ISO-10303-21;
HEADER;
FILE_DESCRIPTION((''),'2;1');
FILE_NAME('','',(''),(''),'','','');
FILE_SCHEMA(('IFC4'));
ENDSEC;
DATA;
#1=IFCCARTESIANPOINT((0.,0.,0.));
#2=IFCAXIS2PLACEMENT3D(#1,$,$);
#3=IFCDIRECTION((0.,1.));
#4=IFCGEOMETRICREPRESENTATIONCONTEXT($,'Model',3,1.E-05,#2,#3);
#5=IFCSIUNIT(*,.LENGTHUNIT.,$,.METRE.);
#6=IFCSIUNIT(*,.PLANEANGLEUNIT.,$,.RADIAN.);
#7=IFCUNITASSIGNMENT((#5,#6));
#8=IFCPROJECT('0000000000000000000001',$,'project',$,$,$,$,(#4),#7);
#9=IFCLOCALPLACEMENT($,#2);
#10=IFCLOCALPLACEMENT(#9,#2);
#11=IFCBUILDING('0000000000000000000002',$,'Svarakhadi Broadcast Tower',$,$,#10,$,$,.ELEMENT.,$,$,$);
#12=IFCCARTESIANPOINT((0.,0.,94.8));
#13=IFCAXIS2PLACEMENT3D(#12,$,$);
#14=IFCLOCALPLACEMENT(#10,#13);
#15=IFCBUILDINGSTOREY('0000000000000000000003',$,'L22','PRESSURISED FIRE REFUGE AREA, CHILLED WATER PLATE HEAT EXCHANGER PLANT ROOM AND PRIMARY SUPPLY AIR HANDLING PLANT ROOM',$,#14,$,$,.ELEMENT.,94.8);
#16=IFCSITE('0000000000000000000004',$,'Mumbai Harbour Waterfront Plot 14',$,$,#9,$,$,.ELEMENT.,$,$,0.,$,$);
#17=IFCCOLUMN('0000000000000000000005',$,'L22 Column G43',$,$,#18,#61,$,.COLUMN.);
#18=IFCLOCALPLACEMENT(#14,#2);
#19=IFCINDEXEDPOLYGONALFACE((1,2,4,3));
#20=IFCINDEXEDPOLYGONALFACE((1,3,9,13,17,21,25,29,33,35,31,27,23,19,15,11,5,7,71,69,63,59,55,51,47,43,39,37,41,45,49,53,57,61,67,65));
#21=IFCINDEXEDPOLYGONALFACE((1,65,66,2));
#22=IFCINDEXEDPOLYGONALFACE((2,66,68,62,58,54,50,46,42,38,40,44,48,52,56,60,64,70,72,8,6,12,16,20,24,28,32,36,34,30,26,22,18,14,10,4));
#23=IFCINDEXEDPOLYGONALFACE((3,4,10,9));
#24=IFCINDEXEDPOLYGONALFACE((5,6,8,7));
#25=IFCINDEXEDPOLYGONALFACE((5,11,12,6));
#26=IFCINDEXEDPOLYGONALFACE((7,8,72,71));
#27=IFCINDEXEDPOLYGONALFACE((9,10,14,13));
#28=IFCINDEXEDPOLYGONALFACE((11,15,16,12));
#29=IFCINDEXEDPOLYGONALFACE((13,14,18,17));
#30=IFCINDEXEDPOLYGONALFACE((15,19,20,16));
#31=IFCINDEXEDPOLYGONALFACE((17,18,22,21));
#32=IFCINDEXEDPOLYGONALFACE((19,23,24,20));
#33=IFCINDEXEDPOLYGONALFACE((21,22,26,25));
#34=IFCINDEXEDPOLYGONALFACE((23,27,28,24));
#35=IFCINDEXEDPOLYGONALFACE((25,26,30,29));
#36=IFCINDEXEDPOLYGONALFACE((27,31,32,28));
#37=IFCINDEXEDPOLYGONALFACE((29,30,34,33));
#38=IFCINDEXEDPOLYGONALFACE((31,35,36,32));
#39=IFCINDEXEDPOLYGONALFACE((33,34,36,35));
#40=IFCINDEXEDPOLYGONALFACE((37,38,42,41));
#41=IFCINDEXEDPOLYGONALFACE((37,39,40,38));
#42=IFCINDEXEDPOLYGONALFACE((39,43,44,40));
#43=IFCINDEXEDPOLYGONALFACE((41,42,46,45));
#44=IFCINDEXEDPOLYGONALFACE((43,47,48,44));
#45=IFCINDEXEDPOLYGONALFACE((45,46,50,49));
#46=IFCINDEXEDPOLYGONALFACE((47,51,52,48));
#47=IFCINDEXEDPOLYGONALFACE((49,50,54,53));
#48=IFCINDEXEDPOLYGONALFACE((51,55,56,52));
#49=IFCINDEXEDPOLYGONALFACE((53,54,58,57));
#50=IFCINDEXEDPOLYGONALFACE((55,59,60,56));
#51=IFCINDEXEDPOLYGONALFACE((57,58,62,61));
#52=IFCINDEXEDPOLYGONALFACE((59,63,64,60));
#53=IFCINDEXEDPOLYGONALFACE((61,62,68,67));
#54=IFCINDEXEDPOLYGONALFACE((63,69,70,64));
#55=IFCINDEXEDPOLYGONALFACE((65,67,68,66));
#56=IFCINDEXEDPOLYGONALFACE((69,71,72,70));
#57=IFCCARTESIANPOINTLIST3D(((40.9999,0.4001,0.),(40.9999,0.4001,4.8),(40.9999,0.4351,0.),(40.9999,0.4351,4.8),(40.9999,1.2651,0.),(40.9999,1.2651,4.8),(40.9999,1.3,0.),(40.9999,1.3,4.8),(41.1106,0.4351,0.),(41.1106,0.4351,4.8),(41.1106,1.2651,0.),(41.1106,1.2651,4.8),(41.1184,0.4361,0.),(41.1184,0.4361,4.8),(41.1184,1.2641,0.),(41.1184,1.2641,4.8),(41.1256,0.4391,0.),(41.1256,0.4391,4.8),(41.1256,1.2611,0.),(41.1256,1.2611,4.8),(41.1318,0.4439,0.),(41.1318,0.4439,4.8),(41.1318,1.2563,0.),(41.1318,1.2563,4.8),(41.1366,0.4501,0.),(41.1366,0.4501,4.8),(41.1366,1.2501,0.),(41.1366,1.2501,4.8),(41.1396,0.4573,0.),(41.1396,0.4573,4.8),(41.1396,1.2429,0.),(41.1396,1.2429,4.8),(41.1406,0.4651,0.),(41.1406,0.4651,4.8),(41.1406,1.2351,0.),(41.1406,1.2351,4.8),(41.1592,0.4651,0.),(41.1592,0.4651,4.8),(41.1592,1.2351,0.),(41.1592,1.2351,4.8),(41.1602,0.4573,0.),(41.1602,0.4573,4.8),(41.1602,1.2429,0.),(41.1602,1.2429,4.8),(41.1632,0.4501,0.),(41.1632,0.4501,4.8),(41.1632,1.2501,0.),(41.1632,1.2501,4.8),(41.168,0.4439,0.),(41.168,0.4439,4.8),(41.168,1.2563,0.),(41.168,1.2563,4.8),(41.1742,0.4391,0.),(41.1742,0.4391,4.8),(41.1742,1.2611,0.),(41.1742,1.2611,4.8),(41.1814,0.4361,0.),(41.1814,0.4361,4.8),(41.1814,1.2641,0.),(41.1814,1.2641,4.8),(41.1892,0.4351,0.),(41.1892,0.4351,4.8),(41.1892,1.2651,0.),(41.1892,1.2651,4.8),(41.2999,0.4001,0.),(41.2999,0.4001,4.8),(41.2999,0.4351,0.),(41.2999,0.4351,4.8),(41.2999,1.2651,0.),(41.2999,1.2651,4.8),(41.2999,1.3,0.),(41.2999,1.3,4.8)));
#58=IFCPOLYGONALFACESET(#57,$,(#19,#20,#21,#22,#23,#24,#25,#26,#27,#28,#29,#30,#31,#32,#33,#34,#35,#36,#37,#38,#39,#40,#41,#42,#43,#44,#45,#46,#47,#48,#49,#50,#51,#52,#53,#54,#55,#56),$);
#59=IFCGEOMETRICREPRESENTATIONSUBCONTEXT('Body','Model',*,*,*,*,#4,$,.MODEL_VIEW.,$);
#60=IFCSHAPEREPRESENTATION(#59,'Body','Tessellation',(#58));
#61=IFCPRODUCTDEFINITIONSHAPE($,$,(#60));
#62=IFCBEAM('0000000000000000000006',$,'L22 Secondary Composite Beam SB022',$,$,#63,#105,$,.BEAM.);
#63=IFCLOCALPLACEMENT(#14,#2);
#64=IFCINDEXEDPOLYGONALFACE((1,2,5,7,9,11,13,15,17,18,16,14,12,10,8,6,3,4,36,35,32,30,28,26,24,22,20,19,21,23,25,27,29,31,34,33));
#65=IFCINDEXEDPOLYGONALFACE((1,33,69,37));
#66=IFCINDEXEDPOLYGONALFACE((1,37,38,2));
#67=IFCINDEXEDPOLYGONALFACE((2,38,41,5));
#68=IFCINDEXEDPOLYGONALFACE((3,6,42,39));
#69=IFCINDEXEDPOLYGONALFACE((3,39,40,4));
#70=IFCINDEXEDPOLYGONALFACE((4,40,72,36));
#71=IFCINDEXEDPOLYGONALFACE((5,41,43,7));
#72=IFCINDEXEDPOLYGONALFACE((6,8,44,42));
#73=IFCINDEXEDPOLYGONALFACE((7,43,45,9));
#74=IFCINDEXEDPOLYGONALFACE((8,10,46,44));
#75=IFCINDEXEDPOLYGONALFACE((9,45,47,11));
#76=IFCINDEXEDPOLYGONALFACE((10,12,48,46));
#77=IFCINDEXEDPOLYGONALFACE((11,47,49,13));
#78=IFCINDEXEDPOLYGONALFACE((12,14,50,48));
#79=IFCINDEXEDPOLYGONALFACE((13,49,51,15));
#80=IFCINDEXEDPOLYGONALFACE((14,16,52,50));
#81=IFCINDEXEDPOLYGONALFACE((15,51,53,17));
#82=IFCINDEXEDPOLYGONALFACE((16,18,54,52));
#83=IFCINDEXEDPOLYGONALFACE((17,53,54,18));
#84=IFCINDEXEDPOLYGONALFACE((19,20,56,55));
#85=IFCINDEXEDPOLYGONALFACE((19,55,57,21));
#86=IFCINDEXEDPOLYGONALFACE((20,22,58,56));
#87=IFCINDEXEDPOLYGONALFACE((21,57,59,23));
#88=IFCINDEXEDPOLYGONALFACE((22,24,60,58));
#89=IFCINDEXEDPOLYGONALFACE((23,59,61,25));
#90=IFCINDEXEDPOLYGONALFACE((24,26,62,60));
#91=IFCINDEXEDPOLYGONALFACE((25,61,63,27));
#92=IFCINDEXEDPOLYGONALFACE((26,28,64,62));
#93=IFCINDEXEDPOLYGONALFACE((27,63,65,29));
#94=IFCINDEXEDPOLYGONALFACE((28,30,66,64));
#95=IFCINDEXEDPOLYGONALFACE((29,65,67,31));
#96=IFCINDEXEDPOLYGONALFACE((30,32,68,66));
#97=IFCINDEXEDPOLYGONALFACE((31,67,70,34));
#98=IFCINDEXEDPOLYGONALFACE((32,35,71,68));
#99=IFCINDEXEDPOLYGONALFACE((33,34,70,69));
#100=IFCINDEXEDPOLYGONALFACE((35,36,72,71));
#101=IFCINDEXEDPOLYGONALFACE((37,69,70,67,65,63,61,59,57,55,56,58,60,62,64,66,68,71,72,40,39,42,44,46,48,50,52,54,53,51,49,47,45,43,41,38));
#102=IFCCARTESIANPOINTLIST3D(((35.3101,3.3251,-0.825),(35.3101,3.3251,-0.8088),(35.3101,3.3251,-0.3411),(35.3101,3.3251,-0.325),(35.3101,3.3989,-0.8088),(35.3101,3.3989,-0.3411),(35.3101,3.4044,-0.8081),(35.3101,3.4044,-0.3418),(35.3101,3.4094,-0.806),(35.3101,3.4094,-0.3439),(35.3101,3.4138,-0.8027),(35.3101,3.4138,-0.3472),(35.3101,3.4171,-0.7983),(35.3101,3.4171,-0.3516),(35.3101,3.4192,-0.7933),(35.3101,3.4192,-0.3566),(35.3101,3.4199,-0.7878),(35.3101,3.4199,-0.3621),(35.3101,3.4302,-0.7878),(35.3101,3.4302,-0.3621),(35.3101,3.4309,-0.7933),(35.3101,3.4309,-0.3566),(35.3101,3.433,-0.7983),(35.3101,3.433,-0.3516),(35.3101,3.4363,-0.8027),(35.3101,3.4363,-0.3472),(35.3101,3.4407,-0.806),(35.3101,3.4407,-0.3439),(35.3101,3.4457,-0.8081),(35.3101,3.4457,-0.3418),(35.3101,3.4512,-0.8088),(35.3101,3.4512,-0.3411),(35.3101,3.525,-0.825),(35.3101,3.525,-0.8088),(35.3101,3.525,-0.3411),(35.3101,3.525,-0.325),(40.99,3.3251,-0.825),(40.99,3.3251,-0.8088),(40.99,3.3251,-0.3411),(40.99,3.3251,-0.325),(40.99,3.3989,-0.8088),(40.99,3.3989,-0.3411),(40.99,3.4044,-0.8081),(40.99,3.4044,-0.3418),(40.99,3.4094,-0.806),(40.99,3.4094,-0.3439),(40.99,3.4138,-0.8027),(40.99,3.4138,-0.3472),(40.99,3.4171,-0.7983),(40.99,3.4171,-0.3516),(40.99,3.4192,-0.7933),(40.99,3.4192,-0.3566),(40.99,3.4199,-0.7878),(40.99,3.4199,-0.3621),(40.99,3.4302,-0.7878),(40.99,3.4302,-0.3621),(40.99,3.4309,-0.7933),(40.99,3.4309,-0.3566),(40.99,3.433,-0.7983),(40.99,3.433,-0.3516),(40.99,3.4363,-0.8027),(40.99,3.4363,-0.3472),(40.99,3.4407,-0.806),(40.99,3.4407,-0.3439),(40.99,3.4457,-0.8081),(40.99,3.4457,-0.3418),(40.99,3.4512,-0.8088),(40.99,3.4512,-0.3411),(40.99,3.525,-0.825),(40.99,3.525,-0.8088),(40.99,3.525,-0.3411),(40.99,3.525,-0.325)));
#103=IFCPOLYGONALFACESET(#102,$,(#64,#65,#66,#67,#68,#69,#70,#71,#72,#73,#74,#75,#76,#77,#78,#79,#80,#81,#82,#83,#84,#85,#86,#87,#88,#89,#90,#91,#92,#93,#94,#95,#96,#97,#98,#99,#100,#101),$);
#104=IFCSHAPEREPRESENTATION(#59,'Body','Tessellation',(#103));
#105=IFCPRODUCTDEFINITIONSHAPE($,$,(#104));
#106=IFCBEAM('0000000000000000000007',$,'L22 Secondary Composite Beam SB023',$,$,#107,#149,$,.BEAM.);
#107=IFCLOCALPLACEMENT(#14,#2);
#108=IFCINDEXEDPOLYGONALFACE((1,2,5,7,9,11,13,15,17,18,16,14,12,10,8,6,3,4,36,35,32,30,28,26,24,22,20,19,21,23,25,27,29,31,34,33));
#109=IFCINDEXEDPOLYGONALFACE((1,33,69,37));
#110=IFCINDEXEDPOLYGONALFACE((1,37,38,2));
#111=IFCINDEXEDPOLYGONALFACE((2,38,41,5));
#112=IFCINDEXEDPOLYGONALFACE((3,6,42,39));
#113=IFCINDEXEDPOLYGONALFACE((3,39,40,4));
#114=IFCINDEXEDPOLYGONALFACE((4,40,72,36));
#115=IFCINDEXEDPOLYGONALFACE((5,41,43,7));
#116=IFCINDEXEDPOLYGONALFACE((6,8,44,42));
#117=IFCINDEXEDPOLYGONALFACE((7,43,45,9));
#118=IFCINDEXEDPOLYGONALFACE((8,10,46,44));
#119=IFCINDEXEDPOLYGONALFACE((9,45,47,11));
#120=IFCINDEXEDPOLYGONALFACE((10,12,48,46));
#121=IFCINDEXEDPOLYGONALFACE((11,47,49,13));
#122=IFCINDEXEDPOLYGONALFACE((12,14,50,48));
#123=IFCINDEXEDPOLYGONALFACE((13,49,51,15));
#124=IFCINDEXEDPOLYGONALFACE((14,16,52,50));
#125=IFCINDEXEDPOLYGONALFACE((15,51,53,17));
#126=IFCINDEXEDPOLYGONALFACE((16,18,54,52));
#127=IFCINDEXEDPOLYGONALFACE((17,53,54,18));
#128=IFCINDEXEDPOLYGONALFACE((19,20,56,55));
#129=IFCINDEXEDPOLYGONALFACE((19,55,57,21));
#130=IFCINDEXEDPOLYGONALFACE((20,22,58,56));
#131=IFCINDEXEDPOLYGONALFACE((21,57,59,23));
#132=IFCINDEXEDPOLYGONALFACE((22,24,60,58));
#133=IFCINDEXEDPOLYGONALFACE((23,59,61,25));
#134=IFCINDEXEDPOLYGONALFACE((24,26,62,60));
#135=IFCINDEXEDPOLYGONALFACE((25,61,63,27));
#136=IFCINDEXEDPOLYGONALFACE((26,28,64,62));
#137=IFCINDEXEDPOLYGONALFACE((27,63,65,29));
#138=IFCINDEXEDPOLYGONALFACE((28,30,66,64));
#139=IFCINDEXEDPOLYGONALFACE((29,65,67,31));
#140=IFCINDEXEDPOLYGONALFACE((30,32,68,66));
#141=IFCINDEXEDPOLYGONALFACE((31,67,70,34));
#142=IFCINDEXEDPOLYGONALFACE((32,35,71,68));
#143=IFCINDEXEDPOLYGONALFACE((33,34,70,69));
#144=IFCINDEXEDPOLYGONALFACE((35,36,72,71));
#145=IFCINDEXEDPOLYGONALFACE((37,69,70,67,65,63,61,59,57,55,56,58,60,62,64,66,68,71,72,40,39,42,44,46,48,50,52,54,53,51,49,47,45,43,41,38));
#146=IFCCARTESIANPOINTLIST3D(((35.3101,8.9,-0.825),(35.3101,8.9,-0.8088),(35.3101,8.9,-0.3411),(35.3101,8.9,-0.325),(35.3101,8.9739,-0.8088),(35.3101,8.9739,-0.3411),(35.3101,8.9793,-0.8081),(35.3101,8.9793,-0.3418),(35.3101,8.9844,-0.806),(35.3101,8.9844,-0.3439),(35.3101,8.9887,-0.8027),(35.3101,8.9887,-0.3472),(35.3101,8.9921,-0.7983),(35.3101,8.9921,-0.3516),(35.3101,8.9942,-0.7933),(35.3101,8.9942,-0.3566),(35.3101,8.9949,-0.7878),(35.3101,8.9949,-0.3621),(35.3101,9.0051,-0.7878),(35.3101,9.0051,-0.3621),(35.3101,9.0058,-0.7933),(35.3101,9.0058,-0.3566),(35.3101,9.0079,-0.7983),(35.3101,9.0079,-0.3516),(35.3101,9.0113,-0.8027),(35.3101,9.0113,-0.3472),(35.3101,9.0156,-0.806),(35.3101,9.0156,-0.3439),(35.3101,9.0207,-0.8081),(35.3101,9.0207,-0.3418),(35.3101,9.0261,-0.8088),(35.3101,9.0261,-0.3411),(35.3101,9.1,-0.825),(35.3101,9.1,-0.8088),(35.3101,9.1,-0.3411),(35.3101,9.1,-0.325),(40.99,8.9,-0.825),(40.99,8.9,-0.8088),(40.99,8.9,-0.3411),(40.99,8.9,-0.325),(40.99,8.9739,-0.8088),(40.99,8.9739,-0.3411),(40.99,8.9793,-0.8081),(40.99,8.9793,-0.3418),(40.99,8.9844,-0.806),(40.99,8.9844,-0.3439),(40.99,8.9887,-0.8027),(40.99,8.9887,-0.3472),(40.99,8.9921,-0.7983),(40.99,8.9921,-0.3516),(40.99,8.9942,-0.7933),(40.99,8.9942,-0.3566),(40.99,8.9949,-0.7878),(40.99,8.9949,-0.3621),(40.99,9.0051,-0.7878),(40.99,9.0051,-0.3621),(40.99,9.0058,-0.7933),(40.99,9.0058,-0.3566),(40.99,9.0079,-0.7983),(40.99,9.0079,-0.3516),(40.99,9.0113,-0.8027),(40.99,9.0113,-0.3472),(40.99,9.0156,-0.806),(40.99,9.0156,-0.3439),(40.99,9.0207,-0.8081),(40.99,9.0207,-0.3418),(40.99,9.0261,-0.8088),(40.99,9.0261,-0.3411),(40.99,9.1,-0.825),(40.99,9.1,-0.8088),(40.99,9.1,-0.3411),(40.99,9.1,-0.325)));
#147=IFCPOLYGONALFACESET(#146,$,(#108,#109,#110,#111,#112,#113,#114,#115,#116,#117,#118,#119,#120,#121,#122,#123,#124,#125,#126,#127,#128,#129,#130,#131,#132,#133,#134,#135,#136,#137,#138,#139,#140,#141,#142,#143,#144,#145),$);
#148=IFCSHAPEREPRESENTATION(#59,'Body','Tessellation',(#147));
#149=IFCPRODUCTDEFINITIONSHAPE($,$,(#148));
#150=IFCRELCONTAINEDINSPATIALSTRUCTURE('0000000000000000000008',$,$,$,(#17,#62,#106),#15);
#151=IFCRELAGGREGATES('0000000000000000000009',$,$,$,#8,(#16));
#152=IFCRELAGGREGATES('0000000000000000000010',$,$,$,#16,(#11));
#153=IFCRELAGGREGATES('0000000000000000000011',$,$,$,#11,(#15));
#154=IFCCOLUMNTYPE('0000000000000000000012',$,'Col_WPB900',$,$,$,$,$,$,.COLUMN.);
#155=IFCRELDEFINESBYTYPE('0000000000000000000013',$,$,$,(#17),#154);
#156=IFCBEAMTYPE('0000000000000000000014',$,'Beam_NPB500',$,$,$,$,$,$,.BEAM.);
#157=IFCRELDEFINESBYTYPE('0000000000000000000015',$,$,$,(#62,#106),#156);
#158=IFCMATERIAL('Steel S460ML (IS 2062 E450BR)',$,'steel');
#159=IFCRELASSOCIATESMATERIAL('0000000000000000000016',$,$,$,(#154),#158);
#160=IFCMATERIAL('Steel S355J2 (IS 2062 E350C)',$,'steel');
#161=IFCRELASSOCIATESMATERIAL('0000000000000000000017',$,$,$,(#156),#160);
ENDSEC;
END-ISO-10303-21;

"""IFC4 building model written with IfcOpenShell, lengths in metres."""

from ifc_helpers import new_model, si_unit, direction, frame, origin, origin_2d, place, context, subcontext, project, spatial, i_section, extrude, material, material_profile, profile_set, type_object, element, save


model = new_model("IFC4")

# Units and contexts
model_context = context("Model", 3, precision=1e-05, world=origin(), true_north=direction((0.0, 1.0)))
body_context = subcontext(model_context, "Body", "Model", "MODEL_VIEW")
ifc_project = project(units=[si_unit("LENGTHUNIT", "METRE"), si_unit("PLANEANGLEUNIT", "RADIAN")], contexts=[model_context])

# Site, building, storey
site_placement = place(None, origin())
site = spatial("IfcSite", under=ifc_project, at=site_placement, Name="Mumbai Harbour Waterfront Plot 14", CompositionType="ELEMENT", RefElevation=0.0)
building_placement = place(site_placement, origin())
building = spatial("IfcBuilding", under=site, at=building_placement, Name="Svarakhadi Broadcast Tower", CompositionType="ELEMENT")
storey_placement = place(building_placement, frame((0.0, 0.0, 94.8)))
storey = spatial("IfcBuildingStorey", under=building, at=storey_placement, Name="L22", Description="PRESSURISED FIRE REFUGE AREA, CHILLED WATER PLATE HEAT EXCHANGER PLANT ROOM AND PRIMARY SUPPLY AIR HANDLING PLANT ROOM", CompositionType="ELEMENT", Elevation=94.8)

# Column
ifc_material_1 = material(Name="Steel S460ML (IS 2062 E450BR)", Category="steel")
ifc_material_profile_1 = material_profile(ifc_material_1, i_section(OverallWidth=0.3, OverallDepth=0.8999, WebThickness=0.0186, FlangeThickness=0.0349, FilletRadius=0.03, at=origin_2d()), Name="WPB 900x300x291")
ifc_profile_set_1 = profile_set([ifc_material_profile_1], Name="Steel S460ML (IS 2062 E450BR)")
column_type_1 = type_object("IfcColumnType", Name="Col_WPB900", PredefinedType="COLUMN", material=ifc_profile_set_1)
column_placement = place(storey_placement, frame((41.1499, 0.8501, 0.0), z_axis=(0.0, 0.0, 1.0), x_axis=(1.0, 0.0, 0.0)))
element("IfcColumn", 1, at=column_placement, inside=storey, type_object=column_type_1, Name="L22 Column G43", PredefinedType="COLUMN", context=body_context, shape_type="SweptSolid", body=[
    extrude(i_section(OverallWidth=0.3, OverallDepth=0.8999, WebThickness=0.0186, FlangeThickness=0.0349, FilletRadius=0.03, at=origin_2d()), origin(), (0.0, 0.0, 1.0), 4.8),
])

# Beams
ifc_material_2 = material(Name="Steel S355J2 (IS 2062 E350C)", Category="steel")
ifc_material_profile_2 = material_profile(ifc_material_2, i_section(OverallWidth=0.2, OverallDepth=0.5, WebThickness=0.0103, FlangeThickness=0.0161, FilletRadius=0.021, at=origin_2d()), Name="NPB 500x200x91")
ifc_profile_set_2 = profile_set([ifc_material_profile_2], Name="Steel S355J2 (IS 2062 E350C)")
beam_type_1 = type_object("IfcBeamType", Name="Beam_NPB500", PredefinedType="BEAM", material=ifc_profile_set_2)
for number, where, z_axis, x_axis, name in (
    (2, (35.3101, 3.425, -0.575), (1.0, 0.0, 0.0), (0.0, 1.0, 0.0), "L22 Secondary Composite Beam SB022"),
    (3, (35.3101, 9.0, -0.575), (1.0, 0.0, 0.0), (0.0, 1.0, 0.0), "L22 Secondary Composite Beam SB023"),
):
    element("IfcBeam", number, at=place(storey_placement, frame(where, z_axis=z_axis, x_axis=x_axis)), inside=storey, type_object=beam_type_1, Name=name, PredefinedType="BEAM", context=body_context, shape_type="SweptSolid", body=[
        extrude(i_section(OverallWidth=0.2, OverallDepth=0.5, WebThickness=0.0103, FlangeThickness=0.0161, FilletRadius=0.021, at=origin_2d()), origin(), (0.0, 0.0, 1.0), 5.6799),
    ])

save(model, "model.ifc")
